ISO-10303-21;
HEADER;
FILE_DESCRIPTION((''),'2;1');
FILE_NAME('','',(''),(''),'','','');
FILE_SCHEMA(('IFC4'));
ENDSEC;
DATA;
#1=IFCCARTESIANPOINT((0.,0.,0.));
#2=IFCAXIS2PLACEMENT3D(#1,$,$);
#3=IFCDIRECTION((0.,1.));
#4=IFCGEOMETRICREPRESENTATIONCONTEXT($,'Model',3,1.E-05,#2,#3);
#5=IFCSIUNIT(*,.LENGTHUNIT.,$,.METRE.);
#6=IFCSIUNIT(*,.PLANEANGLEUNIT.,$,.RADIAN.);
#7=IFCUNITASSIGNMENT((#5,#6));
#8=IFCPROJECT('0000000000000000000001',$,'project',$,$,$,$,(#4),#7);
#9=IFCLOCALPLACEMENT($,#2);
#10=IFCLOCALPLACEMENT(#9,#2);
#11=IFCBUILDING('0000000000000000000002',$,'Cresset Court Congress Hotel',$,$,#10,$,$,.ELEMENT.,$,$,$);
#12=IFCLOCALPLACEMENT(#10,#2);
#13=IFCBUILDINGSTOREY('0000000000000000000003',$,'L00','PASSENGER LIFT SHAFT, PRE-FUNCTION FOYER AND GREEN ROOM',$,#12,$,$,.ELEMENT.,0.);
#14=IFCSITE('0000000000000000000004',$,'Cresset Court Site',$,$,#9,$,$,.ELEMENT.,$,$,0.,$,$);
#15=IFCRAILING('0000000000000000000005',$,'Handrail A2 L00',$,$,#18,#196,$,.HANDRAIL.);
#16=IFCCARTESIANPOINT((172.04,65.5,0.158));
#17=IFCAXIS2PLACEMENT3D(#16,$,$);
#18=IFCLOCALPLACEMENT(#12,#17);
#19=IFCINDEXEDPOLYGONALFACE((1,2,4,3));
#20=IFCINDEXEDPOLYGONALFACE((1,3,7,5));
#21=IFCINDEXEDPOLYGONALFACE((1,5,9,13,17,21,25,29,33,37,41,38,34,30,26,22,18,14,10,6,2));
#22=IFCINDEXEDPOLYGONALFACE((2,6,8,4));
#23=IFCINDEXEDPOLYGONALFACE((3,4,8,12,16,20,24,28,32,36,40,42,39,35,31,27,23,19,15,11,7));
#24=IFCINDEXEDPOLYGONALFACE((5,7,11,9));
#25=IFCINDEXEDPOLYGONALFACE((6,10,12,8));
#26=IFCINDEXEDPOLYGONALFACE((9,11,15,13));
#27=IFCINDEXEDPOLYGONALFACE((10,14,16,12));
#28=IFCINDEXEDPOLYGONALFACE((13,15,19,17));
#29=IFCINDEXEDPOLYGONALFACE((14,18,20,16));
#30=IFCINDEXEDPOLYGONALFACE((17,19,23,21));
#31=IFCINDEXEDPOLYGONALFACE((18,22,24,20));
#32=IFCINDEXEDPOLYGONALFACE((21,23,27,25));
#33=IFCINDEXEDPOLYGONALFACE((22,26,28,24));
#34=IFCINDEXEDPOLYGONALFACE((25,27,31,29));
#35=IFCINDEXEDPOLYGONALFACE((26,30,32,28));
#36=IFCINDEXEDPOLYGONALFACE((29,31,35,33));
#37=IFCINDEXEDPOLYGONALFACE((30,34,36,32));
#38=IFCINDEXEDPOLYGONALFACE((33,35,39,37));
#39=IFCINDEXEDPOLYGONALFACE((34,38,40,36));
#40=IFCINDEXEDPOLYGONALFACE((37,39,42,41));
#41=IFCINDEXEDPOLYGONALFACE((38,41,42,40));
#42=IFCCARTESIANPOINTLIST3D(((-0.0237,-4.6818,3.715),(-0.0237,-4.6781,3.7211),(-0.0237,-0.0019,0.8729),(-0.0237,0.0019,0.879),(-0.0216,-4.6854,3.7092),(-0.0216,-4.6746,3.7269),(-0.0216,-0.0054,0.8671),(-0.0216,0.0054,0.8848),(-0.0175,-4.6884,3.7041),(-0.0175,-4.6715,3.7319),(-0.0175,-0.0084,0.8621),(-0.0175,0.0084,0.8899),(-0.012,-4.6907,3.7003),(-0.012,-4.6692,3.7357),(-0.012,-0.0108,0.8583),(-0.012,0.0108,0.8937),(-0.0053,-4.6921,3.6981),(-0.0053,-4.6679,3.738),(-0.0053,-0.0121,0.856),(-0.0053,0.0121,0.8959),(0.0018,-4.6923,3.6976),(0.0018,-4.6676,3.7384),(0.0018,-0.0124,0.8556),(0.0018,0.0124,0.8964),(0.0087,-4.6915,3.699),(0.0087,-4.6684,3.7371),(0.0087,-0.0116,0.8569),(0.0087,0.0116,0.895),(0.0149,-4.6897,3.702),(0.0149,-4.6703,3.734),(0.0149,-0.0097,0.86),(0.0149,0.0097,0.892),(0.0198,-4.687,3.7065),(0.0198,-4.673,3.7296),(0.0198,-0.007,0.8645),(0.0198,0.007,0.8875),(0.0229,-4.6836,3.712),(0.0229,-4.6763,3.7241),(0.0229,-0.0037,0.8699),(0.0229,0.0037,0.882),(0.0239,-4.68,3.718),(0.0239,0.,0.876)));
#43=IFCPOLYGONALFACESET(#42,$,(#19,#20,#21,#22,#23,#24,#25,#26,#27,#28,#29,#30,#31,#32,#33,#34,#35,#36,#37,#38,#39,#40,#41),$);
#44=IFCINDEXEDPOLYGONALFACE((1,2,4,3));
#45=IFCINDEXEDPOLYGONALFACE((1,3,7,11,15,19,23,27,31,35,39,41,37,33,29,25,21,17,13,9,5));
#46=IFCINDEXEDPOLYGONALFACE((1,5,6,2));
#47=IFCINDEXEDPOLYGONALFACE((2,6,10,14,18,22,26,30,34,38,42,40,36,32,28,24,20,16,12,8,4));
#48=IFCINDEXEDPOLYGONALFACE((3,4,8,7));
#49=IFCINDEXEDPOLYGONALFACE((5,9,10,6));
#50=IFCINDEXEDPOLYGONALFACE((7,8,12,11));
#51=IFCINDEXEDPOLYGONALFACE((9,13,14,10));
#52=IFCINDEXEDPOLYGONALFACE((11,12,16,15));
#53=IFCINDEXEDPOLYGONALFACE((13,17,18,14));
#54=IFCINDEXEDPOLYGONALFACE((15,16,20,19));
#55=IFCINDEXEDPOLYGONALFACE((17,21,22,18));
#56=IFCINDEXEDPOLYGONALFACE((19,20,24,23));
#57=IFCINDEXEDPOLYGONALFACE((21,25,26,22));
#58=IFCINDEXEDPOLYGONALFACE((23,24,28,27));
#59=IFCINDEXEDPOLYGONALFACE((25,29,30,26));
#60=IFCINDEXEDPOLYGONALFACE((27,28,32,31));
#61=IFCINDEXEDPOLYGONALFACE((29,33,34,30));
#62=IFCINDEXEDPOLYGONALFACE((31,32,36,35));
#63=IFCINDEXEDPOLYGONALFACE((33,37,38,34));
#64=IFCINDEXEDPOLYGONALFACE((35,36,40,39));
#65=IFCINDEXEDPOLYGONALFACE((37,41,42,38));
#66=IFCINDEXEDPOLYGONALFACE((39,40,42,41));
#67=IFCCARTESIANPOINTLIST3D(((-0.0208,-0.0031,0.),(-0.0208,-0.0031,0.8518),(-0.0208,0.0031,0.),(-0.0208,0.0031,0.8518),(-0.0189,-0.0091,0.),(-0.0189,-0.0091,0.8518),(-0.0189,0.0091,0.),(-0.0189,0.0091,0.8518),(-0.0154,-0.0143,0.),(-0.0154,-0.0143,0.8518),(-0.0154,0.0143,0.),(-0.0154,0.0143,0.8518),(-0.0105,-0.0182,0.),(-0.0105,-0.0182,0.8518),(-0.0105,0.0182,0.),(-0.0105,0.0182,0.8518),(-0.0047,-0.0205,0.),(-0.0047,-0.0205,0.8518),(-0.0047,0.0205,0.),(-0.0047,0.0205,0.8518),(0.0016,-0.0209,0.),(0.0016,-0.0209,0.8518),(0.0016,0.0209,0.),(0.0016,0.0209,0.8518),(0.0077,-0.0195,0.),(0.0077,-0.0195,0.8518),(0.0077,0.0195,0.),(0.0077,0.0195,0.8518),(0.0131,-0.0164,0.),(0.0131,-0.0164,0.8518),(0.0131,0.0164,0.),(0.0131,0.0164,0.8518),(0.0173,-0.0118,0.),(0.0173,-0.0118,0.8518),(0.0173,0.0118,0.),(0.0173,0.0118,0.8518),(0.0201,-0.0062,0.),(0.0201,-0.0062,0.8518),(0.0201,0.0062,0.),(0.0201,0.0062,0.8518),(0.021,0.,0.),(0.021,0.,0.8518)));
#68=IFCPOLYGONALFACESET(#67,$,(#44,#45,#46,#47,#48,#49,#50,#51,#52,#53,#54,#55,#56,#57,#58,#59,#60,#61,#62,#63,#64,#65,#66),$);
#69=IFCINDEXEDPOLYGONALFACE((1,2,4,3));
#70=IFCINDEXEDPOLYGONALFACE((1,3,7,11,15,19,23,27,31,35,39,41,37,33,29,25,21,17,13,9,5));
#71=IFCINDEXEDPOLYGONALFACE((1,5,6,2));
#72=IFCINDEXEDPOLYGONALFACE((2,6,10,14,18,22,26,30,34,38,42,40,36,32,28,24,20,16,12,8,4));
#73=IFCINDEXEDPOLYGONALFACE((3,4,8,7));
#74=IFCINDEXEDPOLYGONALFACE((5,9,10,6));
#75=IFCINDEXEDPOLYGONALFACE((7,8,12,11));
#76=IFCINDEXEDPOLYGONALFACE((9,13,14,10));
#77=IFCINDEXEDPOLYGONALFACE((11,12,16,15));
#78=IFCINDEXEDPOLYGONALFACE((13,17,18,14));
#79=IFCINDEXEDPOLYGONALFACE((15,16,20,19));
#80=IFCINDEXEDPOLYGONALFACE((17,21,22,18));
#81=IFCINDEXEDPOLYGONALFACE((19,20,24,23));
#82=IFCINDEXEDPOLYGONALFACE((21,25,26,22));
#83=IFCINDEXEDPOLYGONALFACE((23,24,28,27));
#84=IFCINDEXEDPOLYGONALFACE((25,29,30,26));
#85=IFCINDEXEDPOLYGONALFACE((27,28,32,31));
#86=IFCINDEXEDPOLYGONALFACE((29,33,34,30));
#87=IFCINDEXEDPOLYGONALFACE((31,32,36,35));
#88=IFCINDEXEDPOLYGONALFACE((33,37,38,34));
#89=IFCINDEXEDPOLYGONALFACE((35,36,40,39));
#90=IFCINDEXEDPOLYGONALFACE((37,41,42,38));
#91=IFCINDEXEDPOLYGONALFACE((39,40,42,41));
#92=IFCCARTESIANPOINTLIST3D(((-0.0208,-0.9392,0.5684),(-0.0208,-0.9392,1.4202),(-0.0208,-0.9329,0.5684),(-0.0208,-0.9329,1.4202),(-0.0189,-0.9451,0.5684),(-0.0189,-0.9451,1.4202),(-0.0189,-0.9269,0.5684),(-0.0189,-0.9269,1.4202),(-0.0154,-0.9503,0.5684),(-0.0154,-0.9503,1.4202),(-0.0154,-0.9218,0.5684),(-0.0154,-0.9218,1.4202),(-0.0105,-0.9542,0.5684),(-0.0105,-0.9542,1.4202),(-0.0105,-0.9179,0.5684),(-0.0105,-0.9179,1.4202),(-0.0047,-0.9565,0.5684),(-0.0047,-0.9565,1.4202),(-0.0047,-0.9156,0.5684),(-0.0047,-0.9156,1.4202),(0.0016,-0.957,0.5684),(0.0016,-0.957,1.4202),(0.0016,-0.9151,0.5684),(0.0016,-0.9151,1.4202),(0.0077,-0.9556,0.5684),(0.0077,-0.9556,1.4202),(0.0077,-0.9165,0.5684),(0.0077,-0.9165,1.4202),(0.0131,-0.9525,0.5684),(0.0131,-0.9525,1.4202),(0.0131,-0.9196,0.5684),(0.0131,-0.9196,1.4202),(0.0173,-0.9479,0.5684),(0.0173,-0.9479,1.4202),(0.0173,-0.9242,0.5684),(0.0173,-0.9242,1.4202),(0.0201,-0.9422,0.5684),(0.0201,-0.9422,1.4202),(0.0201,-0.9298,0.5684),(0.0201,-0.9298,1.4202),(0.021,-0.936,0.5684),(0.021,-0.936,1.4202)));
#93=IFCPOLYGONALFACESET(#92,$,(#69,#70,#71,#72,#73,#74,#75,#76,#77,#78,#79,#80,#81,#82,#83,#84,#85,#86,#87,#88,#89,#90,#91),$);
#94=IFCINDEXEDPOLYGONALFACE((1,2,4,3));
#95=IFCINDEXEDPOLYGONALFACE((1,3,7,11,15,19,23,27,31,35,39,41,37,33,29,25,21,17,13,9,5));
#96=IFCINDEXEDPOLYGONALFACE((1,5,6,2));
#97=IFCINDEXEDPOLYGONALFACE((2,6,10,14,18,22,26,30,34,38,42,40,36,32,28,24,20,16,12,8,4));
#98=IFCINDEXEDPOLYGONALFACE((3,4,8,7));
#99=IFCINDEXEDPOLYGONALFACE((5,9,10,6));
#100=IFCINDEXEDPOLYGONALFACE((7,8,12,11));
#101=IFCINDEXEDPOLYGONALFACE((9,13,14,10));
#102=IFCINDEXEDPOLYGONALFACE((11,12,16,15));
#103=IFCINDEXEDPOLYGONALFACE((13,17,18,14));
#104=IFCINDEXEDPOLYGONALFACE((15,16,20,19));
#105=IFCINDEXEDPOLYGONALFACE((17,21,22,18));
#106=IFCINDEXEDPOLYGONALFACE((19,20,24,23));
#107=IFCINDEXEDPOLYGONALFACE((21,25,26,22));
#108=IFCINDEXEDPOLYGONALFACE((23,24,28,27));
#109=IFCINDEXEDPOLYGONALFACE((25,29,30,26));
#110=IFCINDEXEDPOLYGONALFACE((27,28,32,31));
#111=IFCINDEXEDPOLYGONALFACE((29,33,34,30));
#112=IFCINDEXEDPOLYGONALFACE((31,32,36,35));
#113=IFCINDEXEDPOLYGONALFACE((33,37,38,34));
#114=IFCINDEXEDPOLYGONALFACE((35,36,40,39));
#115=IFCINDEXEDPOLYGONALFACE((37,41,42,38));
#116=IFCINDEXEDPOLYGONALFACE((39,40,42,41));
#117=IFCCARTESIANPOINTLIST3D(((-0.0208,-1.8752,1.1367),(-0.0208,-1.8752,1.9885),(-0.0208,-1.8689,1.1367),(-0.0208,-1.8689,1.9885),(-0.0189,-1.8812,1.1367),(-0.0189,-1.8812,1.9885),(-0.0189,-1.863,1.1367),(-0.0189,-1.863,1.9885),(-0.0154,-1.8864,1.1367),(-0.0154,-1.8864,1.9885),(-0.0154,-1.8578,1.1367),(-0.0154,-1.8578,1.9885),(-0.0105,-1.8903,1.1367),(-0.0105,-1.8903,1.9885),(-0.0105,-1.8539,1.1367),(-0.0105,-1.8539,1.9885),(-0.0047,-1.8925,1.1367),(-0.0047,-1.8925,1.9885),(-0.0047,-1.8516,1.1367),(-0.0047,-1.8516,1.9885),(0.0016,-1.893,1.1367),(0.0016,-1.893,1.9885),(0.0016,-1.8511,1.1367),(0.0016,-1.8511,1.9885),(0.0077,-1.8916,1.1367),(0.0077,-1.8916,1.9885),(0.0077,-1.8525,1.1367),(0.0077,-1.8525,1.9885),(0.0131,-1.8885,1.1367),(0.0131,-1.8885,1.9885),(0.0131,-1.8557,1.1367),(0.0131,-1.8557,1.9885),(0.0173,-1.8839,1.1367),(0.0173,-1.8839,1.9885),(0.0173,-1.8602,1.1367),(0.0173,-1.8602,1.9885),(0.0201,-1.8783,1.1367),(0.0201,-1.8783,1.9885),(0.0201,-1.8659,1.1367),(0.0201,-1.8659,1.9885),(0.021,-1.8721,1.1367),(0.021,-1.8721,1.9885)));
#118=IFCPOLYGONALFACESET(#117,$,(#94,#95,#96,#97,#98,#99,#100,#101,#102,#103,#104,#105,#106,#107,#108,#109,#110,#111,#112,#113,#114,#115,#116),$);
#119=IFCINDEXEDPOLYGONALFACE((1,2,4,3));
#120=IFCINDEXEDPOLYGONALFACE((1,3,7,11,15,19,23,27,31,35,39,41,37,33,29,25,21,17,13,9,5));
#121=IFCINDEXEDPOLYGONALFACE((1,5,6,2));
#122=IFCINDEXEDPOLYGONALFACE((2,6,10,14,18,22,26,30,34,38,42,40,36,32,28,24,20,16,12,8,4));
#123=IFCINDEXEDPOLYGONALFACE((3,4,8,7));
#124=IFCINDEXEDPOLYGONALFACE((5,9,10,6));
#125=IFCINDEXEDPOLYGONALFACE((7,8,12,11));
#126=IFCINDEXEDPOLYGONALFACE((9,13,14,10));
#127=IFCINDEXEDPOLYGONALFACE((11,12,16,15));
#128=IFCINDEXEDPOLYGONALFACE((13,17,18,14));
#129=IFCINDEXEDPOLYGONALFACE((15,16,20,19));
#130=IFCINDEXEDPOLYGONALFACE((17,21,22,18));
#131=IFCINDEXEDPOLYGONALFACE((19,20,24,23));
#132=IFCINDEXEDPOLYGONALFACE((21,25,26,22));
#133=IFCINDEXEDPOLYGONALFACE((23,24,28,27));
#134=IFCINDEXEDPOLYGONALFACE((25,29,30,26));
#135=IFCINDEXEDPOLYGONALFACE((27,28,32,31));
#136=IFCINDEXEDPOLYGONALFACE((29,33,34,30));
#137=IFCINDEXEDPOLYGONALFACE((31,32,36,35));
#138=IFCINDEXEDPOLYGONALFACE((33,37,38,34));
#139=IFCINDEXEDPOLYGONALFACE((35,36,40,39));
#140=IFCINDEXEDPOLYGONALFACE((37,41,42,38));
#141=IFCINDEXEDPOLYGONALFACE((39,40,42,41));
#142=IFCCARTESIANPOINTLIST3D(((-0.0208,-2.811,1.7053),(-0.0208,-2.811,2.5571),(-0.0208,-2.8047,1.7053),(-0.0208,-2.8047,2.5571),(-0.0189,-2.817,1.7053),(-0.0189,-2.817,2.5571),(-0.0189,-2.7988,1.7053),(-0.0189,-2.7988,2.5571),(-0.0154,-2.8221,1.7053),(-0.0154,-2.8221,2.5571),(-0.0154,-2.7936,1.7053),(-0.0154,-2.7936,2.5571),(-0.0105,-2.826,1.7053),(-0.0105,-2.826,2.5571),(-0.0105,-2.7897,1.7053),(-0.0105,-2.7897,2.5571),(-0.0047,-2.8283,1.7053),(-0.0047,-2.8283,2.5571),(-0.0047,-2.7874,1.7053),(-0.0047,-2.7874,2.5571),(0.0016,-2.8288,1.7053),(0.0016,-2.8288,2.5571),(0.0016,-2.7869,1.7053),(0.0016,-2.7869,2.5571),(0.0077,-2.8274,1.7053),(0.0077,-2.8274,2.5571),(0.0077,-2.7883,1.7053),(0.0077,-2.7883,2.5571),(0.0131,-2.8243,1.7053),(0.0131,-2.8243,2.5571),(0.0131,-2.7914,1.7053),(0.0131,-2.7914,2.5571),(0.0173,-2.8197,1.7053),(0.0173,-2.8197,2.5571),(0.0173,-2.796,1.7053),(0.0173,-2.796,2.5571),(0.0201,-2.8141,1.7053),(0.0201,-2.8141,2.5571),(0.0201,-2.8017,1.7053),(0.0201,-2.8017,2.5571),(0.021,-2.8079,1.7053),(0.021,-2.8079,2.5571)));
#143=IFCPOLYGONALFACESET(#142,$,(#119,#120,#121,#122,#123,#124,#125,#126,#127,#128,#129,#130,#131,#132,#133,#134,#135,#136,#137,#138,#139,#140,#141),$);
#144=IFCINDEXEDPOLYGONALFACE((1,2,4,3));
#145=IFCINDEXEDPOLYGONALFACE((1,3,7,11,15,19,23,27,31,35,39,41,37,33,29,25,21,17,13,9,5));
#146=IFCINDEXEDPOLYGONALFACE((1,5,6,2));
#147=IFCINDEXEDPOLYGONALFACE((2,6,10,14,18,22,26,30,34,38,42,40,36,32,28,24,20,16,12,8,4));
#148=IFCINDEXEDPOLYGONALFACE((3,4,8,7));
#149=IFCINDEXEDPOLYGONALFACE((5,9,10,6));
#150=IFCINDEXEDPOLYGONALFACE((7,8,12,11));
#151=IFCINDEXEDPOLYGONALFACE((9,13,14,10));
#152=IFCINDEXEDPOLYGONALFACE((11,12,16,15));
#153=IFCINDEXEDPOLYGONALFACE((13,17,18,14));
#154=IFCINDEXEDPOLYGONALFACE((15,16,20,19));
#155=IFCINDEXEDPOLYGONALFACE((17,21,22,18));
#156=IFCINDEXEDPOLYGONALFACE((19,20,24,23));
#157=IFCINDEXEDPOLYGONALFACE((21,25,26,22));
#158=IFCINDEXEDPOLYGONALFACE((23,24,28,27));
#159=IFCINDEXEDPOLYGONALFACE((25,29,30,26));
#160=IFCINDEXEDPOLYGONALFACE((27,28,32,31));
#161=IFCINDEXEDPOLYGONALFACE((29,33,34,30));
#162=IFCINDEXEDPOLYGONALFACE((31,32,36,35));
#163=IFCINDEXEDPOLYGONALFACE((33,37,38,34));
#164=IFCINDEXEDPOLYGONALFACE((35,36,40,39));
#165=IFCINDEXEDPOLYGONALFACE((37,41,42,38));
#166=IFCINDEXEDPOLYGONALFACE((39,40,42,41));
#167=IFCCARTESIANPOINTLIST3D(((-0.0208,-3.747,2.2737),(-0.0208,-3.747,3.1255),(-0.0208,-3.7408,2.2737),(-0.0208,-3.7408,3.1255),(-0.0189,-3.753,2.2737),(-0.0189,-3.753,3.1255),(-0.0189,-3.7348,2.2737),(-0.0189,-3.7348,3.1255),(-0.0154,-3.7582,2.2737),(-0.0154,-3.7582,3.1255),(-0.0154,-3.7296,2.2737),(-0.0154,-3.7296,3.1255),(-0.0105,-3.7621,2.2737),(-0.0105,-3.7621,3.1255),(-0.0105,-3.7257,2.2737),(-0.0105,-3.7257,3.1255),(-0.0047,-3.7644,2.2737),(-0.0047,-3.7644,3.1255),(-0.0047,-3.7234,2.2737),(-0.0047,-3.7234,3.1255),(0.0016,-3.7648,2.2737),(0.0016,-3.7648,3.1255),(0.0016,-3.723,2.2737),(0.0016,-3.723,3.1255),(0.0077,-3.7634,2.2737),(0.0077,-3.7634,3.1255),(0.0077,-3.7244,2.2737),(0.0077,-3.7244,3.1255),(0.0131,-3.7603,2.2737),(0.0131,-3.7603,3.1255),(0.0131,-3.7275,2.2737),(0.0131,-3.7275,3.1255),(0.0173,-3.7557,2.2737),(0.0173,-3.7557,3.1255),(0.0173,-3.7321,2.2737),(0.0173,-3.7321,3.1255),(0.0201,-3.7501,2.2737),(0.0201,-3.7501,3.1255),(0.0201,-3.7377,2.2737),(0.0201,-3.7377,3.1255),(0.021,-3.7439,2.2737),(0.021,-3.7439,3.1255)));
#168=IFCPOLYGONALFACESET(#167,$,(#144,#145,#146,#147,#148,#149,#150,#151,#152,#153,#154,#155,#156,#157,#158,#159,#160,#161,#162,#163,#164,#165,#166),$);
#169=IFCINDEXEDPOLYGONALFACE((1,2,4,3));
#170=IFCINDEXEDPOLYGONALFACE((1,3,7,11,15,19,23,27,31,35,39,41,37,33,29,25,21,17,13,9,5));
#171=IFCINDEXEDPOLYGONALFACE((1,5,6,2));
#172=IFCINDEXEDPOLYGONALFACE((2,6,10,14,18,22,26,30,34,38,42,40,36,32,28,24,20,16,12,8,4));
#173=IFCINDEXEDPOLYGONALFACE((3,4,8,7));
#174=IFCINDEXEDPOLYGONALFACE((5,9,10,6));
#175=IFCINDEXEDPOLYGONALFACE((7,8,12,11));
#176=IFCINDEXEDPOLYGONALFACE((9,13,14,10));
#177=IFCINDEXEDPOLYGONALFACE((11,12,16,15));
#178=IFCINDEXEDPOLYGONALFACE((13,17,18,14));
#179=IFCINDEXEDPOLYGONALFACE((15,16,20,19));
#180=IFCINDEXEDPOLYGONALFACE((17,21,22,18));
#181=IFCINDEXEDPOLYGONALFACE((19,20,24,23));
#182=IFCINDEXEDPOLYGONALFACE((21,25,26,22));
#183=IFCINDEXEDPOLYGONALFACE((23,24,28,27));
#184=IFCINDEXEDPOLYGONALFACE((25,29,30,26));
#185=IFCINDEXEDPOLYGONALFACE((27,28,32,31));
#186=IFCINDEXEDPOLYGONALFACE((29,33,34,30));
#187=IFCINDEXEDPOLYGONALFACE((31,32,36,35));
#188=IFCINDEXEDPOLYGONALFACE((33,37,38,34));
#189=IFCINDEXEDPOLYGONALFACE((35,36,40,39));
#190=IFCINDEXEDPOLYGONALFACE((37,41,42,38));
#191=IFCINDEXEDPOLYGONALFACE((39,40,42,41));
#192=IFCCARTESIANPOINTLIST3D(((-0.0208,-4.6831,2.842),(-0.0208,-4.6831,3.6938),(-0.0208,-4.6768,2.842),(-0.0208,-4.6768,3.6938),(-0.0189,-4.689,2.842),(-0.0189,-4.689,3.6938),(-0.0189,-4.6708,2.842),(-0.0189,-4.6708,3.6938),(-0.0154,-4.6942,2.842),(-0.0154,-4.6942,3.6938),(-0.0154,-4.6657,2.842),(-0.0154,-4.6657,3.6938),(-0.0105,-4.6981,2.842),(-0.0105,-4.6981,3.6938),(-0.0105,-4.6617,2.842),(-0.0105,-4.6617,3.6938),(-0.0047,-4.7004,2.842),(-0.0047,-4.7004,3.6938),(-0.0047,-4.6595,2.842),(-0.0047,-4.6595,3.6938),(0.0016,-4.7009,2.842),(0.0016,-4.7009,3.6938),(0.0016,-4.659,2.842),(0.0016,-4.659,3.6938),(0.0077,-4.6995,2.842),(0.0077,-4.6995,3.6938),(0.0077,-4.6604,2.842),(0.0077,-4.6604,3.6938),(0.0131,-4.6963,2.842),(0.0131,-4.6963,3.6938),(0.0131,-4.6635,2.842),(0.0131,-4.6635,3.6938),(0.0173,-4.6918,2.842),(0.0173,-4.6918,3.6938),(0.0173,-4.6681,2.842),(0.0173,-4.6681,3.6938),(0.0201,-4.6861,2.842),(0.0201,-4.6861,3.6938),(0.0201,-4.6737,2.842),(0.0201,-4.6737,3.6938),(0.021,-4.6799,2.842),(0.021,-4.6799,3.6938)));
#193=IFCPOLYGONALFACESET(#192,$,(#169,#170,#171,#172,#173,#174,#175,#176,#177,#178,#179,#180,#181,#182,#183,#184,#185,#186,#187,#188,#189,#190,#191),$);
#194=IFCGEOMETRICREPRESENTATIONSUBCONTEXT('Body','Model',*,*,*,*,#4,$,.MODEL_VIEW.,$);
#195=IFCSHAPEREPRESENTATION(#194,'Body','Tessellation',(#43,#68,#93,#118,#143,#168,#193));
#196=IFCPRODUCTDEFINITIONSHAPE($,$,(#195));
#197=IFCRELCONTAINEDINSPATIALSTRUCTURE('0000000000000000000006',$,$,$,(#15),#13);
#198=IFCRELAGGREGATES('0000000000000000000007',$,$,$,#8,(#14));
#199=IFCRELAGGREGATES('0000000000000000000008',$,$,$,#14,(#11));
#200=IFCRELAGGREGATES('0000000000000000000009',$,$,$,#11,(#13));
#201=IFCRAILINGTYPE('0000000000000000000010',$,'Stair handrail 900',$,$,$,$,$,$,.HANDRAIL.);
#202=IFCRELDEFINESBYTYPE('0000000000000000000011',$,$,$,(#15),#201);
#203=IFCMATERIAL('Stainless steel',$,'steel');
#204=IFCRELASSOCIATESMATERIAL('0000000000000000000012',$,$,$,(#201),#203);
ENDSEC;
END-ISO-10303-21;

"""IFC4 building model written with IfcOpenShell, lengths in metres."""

from ifc_helpers import new_model, si_unit, direction, frame, origin, origin_2d, place, context, subcontext, project, spatial, circle, extrude, material, type_object, element, save


model = new_model("IFC4")

# Units and contexts
model_context = context("Model", 3, precision=1e-05, world=origin(), true_north=direction((0.0, 1.0)))
body_context = subcontext(model_context, "Body", "Model", "MODEL_VIEW")
ifc_project = project(units=[si_unit("LENGTHUNIT", "METRE"), si_unit("PLANEANGLEUNIT", "RADIAN")], contexts=[model_context])

# Site, building, storey
site_placement = place(None, origin())
site = spatial("IfcSite", under=ifc_project, at=site_placement, Name="Cresset Court Site", CompositionType="ELEMENT", RefElevation=0.0)
building_placement = place(site_placement, origin())
building = spatial("IfcBuilding", under=site, at=building_placement, Name="Cresset Court Congress Hotel", CompositionType="ELEMENT")
storey_placement = place(building_placement, origin())
storey = spatial("IfcBuildingStorey", under=building, at=storey_placement, Name="L00", Description="PASSENGER LIFT SHAFT, PRE-FUNCTION FOYER AND GREEN ROOM", CompositionType="ELEMENT", Elevation=0.0)

# Railing
ifc_material_1 = material(Name="Stainless steel", Category="steel")
railing_type_1 = type_object("IfcRailingType", Name="Stair handrail 900", PredefinedType="HANDRAIL", material=ifc_material_1)
for number, where, name in (
    (1, (172.04, 65.5, 0.158), "Handrail A2 L00"),
):
    element("IfcRailing", number, at=place(storey_placement, frame(where)), inside=storey, type_object=railing_type_1, Name=name, PredefinedType="HANDRAIL", context=body_context, shape_type="SweptSolid", body=[
        extrude(circle(Radius=0.0239, at=origin_2d()), frame((0.0, 0.0, 0.876), z_axis=(0.0, -0.854735, 0.519065), x_axis=(1.0, 0.0, 0.0)), (0.0, 0.0, 1.0), 5.4753),
        extrude(circle(Radius=0.021, at=origin_2d()), origin(), (0.0, 0.0, 1.0), 0.8518),
        extrude(circle(Radius=0.021, at=origin_2d()), frame((0.0, -0.936, 0.5684)), (0.0, 0.0, 1.0), 0.8518),
        extrude(circle(Radius=0.021, at=origin_2d()), frame((0.0, -1.8721, 1.1367)), (0.0, 0.0, 1.0), 0.8518),
        extrude(circle(Radius=0.021, at=origin_2d()), frame((0.0, -2.8079, 1.7053)), (0.0, 0.0, 1.0), 0.8518),
        extrude(circle(Radius=0.021, at=origin_2d()), frame((0.0, -3.7439, 2.2737)), (0.0, 0.0, 1.0), 0.8518),
        extrude(circle(Radius=0.021, at=origin_2d()), frame((0.0, -4.6799, 2.842)), (0.0, 0.0, 1.0), 0.8518),
    ])

save(model, "model.ifc")
